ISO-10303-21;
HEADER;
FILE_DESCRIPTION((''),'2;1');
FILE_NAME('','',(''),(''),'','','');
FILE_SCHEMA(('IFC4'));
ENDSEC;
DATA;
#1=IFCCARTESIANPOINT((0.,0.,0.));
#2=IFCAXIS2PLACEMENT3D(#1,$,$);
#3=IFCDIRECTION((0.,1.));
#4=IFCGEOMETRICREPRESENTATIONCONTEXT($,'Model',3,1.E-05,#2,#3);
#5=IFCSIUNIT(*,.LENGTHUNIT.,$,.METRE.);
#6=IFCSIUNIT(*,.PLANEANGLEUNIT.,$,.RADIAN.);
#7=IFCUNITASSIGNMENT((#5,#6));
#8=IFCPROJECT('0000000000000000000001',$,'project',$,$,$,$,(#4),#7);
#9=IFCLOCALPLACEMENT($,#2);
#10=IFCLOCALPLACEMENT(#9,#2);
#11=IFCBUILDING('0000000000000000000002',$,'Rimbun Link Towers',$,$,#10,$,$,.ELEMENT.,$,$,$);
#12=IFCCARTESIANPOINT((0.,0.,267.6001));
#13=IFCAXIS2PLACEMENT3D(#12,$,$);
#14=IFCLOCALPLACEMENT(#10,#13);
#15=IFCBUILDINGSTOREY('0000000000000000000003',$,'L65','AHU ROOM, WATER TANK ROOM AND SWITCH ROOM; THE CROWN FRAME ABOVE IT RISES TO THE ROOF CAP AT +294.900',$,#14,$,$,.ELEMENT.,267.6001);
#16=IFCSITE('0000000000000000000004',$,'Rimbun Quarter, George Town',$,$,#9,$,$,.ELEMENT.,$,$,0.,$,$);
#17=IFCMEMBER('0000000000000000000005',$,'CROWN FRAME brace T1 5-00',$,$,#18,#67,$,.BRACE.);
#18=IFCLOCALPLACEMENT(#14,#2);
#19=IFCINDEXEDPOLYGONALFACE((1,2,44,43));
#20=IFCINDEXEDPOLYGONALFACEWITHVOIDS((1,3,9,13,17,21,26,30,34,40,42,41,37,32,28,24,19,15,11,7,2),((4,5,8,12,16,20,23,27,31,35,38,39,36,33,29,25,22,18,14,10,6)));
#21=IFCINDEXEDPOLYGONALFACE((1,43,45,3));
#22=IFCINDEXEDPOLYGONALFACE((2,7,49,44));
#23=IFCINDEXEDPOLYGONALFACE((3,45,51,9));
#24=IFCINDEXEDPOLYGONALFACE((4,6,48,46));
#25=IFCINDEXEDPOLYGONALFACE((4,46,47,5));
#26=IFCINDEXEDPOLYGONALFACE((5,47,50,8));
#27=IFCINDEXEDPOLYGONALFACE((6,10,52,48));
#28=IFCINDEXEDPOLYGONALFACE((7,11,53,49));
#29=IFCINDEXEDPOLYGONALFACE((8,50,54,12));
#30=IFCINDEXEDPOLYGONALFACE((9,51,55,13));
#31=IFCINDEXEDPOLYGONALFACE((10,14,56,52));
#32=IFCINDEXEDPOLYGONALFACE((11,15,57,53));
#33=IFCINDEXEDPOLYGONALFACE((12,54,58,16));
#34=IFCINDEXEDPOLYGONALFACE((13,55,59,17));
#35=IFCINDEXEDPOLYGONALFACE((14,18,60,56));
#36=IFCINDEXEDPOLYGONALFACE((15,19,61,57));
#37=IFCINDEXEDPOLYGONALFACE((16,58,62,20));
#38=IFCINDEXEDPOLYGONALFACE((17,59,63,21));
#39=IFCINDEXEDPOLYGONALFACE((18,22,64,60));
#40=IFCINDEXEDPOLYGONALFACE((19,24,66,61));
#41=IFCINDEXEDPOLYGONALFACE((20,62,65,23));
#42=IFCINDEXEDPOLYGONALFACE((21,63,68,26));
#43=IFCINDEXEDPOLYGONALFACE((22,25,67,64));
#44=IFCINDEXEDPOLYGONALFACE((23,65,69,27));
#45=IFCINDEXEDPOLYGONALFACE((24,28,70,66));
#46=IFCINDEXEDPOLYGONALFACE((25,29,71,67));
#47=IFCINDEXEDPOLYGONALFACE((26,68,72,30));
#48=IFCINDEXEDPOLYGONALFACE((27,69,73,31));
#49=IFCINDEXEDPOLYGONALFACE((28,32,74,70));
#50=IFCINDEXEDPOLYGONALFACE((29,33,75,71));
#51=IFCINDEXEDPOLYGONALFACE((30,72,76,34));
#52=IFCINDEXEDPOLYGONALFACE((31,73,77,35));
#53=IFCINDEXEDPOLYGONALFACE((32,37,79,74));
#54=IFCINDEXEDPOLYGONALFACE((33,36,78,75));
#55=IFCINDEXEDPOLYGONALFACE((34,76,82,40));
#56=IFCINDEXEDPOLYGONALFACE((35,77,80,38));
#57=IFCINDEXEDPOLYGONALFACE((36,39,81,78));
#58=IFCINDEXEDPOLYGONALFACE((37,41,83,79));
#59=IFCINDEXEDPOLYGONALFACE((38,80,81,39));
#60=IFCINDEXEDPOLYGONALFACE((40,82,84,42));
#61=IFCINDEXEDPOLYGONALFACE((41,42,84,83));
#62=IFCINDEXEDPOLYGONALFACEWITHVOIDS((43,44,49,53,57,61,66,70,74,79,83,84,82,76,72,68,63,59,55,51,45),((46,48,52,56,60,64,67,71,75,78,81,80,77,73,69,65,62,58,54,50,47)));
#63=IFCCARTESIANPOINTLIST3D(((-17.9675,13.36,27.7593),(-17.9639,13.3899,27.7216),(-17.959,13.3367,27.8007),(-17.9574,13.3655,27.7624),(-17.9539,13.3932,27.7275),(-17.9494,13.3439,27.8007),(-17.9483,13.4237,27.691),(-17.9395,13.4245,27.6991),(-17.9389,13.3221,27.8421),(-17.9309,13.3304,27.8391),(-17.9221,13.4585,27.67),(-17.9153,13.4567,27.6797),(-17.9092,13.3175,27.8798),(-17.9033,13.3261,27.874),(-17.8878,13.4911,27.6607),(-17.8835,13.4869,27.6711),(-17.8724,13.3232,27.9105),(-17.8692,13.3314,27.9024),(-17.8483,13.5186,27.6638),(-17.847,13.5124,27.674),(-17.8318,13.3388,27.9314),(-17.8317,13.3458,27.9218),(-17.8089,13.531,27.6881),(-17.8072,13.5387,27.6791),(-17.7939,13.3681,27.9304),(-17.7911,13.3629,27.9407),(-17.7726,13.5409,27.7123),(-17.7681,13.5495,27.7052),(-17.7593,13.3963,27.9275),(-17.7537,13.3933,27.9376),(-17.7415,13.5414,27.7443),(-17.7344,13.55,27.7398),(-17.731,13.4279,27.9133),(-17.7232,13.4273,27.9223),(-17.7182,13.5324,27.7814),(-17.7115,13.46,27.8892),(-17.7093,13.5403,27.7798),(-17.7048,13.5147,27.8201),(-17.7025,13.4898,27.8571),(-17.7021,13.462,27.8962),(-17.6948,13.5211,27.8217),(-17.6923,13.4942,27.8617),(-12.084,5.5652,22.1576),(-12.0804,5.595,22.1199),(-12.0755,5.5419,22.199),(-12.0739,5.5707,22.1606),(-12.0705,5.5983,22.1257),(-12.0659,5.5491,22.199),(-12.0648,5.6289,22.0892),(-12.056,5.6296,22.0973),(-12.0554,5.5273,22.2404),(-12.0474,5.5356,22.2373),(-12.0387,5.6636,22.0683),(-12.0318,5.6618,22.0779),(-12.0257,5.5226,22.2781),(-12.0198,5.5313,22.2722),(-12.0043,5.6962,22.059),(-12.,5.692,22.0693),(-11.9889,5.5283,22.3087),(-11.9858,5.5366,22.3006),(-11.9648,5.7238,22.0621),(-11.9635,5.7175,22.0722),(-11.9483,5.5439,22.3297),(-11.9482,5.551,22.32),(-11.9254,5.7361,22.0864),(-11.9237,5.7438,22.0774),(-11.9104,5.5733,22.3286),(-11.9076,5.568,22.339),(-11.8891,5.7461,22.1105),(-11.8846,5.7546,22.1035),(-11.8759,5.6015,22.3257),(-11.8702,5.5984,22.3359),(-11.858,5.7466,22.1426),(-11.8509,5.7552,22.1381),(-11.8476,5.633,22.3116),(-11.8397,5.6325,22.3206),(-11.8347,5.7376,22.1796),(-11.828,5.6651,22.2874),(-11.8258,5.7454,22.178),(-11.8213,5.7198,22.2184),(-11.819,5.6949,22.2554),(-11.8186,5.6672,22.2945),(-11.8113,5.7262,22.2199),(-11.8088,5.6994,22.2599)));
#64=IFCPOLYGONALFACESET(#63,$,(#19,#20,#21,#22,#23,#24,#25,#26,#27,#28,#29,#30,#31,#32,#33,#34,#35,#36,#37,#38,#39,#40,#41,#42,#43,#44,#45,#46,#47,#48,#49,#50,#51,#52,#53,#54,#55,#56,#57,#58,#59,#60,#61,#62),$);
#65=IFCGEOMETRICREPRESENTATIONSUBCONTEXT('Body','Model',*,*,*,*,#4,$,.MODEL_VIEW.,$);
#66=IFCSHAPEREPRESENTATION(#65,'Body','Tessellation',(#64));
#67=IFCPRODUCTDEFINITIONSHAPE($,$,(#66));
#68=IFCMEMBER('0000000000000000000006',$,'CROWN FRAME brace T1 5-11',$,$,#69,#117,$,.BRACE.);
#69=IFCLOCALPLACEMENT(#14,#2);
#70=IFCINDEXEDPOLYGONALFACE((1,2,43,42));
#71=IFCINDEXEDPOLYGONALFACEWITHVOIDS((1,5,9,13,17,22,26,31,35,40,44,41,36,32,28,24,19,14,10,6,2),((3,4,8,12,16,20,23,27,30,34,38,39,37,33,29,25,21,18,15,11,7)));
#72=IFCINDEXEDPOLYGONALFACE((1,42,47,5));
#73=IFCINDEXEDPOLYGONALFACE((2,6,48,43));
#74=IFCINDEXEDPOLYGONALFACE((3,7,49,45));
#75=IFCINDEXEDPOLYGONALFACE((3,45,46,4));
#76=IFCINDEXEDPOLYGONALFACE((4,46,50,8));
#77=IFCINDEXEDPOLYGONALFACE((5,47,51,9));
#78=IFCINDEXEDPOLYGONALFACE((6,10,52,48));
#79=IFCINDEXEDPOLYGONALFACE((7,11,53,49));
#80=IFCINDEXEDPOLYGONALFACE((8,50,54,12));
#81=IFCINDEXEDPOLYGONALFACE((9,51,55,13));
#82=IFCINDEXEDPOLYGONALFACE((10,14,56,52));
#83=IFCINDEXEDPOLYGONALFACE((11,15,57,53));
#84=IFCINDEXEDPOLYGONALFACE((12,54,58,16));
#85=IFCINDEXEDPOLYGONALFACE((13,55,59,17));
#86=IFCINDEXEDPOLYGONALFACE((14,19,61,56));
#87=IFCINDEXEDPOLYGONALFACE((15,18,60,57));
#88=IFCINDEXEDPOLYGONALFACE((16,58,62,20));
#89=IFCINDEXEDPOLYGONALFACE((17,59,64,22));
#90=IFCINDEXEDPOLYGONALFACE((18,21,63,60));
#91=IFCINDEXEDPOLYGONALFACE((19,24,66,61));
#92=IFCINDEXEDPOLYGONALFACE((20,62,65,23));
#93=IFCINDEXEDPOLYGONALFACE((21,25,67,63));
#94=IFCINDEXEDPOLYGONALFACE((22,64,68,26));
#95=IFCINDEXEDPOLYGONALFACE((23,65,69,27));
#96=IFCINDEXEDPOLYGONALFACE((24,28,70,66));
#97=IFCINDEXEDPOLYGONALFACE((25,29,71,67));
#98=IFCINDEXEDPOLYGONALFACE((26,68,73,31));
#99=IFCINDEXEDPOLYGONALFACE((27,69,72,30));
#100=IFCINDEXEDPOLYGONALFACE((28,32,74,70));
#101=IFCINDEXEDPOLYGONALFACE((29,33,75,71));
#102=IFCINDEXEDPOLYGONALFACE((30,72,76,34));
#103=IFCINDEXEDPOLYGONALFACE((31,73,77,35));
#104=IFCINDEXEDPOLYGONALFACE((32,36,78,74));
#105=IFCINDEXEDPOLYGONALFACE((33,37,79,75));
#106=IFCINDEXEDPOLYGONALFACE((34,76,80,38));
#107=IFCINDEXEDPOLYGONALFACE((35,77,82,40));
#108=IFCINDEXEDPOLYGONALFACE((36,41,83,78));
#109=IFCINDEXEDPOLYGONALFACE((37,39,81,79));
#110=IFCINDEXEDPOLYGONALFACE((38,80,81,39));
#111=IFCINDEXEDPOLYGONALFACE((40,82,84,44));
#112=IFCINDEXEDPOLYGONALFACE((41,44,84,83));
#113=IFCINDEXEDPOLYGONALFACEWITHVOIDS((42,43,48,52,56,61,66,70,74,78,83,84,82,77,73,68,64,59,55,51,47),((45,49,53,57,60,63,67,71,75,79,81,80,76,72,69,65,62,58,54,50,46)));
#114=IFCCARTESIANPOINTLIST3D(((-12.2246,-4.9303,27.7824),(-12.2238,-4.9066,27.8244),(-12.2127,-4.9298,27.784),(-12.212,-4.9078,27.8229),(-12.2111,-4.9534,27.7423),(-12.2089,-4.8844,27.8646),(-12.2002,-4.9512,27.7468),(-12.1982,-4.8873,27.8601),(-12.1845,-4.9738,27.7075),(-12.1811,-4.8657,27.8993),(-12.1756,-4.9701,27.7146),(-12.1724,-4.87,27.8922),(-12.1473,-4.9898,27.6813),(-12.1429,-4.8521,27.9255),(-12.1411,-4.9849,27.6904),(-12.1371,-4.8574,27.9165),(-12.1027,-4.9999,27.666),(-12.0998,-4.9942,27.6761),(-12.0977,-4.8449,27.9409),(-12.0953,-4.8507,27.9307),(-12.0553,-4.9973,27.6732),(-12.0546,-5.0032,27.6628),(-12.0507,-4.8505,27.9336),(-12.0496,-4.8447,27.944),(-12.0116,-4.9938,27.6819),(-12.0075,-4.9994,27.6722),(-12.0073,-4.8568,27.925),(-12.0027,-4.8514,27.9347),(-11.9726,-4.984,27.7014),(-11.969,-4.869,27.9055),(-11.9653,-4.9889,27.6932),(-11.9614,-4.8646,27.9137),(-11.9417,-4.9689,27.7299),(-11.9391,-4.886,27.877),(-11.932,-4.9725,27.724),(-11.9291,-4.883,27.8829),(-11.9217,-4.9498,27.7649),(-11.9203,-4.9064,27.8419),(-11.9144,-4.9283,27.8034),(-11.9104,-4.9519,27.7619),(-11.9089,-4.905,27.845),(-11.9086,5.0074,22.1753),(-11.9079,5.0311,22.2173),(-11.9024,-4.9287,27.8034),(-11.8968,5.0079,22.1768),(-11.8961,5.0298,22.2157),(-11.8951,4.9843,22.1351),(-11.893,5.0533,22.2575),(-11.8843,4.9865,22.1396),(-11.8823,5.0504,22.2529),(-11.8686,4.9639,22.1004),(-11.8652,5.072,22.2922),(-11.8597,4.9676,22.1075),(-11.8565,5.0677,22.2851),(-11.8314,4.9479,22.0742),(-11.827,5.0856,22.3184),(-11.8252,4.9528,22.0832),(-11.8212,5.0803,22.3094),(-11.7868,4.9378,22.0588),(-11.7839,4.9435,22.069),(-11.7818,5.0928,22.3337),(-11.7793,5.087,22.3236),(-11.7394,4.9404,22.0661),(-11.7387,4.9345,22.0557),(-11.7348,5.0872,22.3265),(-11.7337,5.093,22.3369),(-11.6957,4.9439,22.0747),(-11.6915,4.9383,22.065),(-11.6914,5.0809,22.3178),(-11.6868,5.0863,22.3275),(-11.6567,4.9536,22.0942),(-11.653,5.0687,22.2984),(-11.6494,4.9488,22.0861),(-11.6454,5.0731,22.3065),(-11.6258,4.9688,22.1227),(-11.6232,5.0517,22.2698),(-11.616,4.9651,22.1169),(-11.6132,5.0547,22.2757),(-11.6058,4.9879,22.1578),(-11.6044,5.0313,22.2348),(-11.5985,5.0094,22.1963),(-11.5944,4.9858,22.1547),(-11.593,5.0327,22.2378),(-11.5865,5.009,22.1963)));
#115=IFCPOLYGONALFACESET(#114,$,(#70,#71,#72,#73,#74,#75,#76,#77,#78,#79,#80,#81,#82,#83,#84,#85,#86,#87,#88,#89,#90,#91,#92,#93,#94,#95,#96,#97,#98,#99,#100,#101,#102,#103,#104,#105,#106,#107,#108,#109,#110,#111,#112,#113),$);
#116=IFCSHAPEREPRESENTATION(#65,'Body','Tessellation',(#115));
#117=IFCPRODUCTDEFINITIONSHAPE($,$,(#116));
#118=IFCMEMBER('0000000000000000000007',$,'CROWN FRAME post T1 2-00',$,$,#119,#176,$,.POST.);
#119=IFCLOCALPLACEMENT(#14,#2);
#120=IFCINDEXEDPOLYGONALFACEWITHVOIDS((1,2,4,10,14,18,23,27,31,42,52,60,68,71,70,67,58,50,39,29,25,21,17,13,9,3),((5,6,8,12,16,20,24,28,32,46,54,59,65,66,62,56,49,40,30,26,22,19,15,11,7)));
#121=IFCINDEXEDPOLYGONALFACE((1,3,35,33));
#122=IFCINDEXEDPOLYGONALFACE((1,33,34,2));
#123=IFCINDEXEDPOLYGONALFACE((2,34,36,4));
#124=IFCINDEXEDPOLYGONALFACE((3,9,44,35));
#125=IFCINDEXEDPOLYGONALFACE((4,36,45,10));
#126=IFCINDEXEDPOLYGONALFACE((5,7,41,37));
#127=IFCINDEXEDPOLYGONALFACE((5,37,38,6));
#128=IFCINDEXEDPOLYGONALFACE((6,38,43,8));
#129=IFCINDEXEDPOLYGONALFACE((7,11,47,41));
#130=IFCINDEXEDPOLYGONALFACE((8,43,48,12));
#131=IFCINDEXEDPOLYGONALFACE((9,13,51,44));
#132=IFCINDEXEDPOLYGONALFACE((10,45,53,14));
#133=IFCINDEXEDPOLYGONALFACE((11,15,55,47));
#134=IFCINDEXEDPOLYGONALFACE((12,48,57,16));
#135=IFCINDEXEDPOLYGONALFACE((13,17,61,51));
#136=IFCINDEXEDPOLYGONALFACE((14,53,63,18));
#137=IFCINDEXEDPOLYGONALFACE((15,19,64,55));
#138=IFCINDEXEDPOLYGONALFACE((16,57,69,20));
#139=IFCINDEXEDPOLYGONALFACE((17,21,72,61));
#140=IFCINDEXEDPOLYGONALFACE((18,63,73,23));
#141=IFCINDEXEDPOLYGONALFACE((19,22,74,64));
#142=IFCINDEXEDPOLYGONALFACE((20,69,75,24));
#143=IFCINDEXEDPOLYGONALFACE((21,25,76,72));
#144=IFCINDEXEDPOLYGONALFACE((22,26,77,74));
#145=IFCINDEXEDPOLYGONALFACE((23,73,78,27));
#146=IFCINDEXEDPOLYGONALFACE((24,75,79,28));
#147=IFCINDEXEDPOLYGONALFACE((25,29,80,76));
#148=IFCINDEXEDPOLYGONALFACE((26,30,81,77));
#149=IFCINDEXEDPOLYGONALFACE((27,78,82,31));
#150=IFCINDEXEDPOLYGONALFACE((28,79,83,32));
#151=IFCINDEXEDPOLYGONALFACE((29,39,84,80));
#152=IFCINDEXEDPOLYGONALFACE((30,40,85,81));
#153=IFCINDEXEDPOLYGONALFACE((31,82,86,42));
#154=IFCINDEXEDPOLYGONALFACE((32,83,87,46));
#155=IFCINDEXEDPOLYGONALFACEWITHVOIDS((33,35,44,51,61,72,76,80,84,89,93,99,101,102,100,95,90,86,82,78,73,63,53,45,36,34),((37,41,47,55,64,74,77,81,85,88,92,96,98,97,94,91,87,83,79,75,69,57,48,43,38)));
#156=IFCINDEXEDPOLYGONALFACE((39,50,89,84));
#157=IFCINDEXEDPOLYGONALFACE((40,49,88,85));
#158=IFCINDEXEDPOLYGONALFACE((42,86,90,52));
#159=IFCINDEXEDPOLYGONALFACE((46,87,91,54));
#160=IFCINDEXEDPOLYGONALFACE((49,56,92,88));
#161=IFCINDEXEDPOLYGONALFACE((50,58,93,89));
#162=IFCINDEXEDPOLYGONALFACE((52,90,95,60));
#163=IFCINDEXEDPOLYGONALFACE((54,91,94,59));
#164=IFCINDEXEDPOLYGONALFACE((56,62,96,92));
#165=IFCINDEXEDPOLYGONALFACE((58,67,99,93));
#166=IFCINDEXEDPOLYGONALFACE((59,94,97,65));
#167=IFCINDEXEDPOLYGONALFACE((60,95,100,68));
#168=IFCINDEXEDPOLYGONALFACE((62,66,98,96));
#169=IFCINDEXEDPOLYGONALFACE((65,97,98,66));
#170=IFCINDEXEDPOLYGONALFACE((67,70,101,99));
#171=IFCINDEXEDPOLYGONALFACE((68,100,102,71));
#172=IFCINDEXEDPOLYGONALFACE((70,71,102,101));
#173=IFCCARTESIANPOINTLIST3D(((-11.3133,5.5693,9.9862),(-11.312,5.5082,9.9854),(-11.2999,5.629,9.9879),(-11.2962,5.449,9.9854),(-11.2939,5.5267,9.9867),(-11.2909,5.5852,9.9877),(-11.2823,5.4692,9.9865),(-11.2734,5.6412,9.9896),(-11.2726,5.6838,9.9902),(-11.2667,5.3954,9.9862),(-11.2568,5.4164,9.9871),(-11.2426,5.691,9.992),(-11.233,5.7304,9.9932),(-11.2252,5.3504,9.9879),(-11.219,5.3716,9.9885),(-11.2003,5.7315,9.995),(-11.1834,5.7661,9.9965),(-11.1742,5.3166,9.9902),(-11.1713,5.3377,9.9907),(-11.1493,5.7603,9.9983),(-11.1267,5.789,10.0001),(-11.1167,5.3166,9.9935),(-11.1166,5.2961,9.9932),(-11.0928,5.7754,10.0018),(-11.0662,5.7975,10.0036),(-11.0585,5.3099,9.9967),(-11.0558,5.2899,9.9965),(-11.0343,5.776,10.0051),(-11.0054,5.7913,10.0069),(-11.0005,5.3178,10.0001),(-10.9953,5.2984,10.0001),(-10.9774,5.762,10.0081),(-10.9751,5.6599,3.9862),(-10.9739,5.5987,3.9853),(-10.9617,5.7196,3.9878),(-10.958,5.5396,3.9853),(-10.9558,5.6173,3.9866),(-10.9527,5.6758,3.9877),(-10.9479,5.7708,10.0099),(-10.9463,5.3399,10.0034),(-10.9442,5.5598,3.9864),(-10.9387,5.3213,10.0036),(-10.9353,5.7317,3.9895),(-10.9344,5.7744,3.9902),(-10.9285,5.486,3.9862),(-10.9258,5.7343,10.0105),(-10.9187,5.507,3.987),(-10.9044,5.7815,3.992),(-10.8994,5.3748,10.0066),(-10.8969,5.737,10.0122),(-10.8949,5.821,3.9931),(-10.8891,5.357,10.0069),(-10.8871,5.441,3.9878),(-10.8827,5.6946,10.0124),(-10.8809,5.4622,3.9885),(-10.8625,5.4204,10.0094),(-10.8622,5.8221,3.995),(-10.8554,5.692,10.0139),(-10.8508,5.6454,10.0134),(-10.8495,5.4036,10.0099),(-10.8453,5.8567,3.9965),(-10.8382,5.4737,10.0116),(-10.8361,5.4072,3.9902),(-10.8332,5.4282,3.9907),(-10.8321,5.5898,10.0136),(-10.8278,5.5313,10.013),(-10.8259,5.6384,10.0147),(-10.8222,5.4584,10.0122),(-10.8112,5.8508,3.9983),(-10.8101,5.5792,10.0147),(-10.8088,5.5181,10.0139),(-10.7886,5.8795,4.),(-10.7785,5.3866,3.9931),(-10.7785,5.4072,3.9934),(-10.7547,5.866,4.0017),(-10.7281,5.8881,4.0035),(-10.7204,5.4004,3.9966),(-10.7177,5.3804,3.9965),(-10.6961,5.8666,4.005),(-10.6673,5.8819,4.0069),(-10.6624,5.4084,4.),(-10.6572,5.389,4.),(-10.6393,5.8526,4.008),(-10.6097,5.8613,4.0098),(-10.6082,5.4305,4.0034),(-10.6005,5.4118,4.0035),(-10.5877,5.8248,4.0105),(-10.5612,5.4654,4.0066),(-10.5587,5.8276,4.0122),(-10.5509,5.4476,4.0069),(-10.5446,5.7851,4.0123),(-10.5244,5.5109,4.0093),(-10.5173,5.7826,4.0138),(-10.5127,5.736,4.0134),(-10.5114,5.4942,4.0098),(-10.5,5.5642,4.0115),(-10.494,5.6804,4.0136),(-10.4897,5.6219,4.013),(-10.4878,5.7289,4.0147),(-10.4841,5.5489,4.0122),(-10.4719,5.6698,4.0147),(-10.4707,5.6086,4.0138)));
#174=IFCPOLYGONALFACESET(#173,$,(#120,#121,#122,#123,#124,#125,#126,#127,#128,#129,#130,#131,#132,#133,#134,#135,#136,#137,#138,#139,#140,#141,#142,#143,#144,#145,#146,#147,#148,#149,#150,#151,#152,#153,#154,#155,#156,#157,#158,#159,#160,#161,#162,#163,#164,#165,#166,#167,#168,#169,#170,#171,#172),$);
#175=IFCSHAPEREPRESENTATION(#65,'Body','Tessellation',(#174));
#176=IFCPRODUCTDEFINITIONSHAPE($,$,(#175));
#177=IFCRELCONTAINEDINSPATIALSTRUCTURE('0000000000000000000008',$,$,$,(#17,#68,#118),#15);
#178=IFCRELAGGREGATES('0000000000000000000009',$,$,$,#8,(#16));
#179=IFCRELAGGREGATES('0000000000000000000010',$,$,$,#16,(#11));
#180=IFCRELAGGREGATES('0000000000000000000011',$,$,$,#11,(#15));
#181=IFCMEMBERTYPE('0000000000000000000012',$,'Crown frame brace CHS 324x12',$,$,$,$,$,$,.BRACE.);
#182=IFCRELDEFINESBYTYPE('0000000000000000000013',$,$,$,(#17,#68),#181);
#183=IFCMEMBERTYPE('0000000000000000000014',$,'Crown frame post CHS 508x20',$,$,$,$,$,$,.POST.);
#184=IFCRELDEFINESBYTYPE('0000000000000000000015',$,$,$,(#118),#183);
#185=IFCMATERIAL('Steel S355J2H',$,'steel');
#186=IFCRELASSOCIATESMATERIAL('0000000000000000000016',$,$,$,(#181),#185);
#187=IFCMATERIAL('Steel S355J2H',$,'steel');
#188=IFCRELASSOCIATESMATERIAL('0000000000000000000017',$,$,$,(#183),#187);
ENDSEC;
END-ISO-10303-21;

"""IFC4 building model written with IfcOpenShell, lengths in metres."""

from ifc_helpers import new_model, si_unit, direction, frame, origin, origin_2d, place, context, subcontext, project, spatial, hollow_circle, extrude, material, material_profile, profile_set, type_object, element, save


model = new_model("IFC4")

# Units and contexts
model_context = context("Model", 3, precision=1e-05, world=origin(), true_north=direction((0.0, 1.0)))
body_context = subcontext(model_context, "Body", "Model", "MODEL_VIEW")
ifc_project = project(units=[si_unit("LENGTHUNIT", "METRE"), si_unit("PLANEANGLEUNIT", "RADIAN")], contexts=[model_context])

# Site, building, storey
site_placement = place(None, origin())
site = spatial("IfcSite", under=ifc_project, at=site_placement, Name="Rimbun Quarter, George Town", CompositionType="ELEMENT", RefElevation=0.0)
building_placement = place(site_placement, origin())
building = spatial("IfcBuilding", under=site, at=building_placement, Name="Rimbun Link Towers", CompositionType="ELEMENT")
storey_placement = place(building_placement, frame((0.0, 0.0, 267.6001)))
storey = spatial("IfcBuildingStorey", under=building, at=storey_placement, Name="L65", Description="AHU ROOM, WATER TANK ROOM AND SWITCH ROOM; THE CROWN FRAME ABOVE IT RISES TO THE ROOF CAP AT +294.900", CompositionType="ELEMENT", Elevation=267.6001)

# Members
ifc_material_1 = material(Name="Steel S355J2H", Category="steel")
ifc_material_profile_1 = material_profile(ifc_material_1, hollow_circle(Radius=0.1619, WallThickness=0.012, at=origin_2d()), Name="Crown frame brace CHS 324x12")
ifc_profile_set_1 = profile_set([ifc_material_profile_1], Name="Steel S355J2H")
member_type_1 = type_object("IfcMemberType", Name="Crown frame brace CHS 324x12", PredefinedType="BRACE", material=ifc_profile_set_1)
member_1_placement = place(storey_placement, frame((-11.9463, 5.6394, 22.199), z_axis=(-0.52258, 0.69235, 0.497556), x_axis=(-0.79816, -0.602445, 0.0)))
element("IfcMember", 1, at=member_1_placement, inside=storey, type_object=member_type_1, Name="CROWN FRAME brace T1 5-00", PredefinedType="BRACE", context=body_context, shape_type="SweptSolid", body=[
    extrude(hollow_circle(Radius=0.1619, WallThickness=0.012, at=origin_2d()), origin(), (0.0, 0.0, 1.0), 11.2585),
])
member_2_placement = place(storey_placement, frame((-11.7483, 5.0142, 22.1963), z_axis=(-0.027676, -0.870597, 0.491217), x_axis=(0.999495, -0.031774, 0.0)))
element("IfcMember", 2, at=member_2_placement, inside=storey, type_object=member_type_1, Name="CROWN FRAME brace T1 5-11", PredefinedType="BRACE", context=body_context, shape_type="SweptSolid", body=[
    extrude(hollow_circle(Radius=0.1619, WallThickness=0.012, at=origin_2d()), origin(), (0.0, 0.0, 1.0), 11.4148),
])
ifc_material_2 = material(Name="Steel S355J2H", Category="steel")
ifc_material_profile_2 = material_profile(ifc_material_2, hollow_circle(Radius=0.2539, WallThickness=0.02, at=origin_2d()), Name="Crown frame post CHS 508x20")
ifc_profile_set_2 = profile_set([ifc_material_profile_2], Name="Steel S355J2H")
member_type_2 = type_object("IfcMemberType", Name="Crown frame post CHS 508x20", PredefinedType="POST", material=ifc_profile_set_2)
for number, where, z_axis, x_axis, name in (
    (3, (-10.7229, 5.6343, 4.0), (-0.05626, -0.01507, 0.998302), (0.258748, -0.965945, 0.0), "CROWN FRAME post T1 2-00"),
):
    element("IfcMember", number, at=place(storey_placement, frame(where, z_axis=z_axis, x_axis=x_axis)), inside=storey, type_object=member_type_2, Name=name, PredefinedType="POST", context=body_context, shape_type="SweptSolid", body=[
        extrude(hollow_circle(Radius=0.2539, WallThickness=0.02, at=origin_2d()), origin(), (0.0, 0.0, 1.0), 6.0103),
    ])

save(model, "model.ifc")
